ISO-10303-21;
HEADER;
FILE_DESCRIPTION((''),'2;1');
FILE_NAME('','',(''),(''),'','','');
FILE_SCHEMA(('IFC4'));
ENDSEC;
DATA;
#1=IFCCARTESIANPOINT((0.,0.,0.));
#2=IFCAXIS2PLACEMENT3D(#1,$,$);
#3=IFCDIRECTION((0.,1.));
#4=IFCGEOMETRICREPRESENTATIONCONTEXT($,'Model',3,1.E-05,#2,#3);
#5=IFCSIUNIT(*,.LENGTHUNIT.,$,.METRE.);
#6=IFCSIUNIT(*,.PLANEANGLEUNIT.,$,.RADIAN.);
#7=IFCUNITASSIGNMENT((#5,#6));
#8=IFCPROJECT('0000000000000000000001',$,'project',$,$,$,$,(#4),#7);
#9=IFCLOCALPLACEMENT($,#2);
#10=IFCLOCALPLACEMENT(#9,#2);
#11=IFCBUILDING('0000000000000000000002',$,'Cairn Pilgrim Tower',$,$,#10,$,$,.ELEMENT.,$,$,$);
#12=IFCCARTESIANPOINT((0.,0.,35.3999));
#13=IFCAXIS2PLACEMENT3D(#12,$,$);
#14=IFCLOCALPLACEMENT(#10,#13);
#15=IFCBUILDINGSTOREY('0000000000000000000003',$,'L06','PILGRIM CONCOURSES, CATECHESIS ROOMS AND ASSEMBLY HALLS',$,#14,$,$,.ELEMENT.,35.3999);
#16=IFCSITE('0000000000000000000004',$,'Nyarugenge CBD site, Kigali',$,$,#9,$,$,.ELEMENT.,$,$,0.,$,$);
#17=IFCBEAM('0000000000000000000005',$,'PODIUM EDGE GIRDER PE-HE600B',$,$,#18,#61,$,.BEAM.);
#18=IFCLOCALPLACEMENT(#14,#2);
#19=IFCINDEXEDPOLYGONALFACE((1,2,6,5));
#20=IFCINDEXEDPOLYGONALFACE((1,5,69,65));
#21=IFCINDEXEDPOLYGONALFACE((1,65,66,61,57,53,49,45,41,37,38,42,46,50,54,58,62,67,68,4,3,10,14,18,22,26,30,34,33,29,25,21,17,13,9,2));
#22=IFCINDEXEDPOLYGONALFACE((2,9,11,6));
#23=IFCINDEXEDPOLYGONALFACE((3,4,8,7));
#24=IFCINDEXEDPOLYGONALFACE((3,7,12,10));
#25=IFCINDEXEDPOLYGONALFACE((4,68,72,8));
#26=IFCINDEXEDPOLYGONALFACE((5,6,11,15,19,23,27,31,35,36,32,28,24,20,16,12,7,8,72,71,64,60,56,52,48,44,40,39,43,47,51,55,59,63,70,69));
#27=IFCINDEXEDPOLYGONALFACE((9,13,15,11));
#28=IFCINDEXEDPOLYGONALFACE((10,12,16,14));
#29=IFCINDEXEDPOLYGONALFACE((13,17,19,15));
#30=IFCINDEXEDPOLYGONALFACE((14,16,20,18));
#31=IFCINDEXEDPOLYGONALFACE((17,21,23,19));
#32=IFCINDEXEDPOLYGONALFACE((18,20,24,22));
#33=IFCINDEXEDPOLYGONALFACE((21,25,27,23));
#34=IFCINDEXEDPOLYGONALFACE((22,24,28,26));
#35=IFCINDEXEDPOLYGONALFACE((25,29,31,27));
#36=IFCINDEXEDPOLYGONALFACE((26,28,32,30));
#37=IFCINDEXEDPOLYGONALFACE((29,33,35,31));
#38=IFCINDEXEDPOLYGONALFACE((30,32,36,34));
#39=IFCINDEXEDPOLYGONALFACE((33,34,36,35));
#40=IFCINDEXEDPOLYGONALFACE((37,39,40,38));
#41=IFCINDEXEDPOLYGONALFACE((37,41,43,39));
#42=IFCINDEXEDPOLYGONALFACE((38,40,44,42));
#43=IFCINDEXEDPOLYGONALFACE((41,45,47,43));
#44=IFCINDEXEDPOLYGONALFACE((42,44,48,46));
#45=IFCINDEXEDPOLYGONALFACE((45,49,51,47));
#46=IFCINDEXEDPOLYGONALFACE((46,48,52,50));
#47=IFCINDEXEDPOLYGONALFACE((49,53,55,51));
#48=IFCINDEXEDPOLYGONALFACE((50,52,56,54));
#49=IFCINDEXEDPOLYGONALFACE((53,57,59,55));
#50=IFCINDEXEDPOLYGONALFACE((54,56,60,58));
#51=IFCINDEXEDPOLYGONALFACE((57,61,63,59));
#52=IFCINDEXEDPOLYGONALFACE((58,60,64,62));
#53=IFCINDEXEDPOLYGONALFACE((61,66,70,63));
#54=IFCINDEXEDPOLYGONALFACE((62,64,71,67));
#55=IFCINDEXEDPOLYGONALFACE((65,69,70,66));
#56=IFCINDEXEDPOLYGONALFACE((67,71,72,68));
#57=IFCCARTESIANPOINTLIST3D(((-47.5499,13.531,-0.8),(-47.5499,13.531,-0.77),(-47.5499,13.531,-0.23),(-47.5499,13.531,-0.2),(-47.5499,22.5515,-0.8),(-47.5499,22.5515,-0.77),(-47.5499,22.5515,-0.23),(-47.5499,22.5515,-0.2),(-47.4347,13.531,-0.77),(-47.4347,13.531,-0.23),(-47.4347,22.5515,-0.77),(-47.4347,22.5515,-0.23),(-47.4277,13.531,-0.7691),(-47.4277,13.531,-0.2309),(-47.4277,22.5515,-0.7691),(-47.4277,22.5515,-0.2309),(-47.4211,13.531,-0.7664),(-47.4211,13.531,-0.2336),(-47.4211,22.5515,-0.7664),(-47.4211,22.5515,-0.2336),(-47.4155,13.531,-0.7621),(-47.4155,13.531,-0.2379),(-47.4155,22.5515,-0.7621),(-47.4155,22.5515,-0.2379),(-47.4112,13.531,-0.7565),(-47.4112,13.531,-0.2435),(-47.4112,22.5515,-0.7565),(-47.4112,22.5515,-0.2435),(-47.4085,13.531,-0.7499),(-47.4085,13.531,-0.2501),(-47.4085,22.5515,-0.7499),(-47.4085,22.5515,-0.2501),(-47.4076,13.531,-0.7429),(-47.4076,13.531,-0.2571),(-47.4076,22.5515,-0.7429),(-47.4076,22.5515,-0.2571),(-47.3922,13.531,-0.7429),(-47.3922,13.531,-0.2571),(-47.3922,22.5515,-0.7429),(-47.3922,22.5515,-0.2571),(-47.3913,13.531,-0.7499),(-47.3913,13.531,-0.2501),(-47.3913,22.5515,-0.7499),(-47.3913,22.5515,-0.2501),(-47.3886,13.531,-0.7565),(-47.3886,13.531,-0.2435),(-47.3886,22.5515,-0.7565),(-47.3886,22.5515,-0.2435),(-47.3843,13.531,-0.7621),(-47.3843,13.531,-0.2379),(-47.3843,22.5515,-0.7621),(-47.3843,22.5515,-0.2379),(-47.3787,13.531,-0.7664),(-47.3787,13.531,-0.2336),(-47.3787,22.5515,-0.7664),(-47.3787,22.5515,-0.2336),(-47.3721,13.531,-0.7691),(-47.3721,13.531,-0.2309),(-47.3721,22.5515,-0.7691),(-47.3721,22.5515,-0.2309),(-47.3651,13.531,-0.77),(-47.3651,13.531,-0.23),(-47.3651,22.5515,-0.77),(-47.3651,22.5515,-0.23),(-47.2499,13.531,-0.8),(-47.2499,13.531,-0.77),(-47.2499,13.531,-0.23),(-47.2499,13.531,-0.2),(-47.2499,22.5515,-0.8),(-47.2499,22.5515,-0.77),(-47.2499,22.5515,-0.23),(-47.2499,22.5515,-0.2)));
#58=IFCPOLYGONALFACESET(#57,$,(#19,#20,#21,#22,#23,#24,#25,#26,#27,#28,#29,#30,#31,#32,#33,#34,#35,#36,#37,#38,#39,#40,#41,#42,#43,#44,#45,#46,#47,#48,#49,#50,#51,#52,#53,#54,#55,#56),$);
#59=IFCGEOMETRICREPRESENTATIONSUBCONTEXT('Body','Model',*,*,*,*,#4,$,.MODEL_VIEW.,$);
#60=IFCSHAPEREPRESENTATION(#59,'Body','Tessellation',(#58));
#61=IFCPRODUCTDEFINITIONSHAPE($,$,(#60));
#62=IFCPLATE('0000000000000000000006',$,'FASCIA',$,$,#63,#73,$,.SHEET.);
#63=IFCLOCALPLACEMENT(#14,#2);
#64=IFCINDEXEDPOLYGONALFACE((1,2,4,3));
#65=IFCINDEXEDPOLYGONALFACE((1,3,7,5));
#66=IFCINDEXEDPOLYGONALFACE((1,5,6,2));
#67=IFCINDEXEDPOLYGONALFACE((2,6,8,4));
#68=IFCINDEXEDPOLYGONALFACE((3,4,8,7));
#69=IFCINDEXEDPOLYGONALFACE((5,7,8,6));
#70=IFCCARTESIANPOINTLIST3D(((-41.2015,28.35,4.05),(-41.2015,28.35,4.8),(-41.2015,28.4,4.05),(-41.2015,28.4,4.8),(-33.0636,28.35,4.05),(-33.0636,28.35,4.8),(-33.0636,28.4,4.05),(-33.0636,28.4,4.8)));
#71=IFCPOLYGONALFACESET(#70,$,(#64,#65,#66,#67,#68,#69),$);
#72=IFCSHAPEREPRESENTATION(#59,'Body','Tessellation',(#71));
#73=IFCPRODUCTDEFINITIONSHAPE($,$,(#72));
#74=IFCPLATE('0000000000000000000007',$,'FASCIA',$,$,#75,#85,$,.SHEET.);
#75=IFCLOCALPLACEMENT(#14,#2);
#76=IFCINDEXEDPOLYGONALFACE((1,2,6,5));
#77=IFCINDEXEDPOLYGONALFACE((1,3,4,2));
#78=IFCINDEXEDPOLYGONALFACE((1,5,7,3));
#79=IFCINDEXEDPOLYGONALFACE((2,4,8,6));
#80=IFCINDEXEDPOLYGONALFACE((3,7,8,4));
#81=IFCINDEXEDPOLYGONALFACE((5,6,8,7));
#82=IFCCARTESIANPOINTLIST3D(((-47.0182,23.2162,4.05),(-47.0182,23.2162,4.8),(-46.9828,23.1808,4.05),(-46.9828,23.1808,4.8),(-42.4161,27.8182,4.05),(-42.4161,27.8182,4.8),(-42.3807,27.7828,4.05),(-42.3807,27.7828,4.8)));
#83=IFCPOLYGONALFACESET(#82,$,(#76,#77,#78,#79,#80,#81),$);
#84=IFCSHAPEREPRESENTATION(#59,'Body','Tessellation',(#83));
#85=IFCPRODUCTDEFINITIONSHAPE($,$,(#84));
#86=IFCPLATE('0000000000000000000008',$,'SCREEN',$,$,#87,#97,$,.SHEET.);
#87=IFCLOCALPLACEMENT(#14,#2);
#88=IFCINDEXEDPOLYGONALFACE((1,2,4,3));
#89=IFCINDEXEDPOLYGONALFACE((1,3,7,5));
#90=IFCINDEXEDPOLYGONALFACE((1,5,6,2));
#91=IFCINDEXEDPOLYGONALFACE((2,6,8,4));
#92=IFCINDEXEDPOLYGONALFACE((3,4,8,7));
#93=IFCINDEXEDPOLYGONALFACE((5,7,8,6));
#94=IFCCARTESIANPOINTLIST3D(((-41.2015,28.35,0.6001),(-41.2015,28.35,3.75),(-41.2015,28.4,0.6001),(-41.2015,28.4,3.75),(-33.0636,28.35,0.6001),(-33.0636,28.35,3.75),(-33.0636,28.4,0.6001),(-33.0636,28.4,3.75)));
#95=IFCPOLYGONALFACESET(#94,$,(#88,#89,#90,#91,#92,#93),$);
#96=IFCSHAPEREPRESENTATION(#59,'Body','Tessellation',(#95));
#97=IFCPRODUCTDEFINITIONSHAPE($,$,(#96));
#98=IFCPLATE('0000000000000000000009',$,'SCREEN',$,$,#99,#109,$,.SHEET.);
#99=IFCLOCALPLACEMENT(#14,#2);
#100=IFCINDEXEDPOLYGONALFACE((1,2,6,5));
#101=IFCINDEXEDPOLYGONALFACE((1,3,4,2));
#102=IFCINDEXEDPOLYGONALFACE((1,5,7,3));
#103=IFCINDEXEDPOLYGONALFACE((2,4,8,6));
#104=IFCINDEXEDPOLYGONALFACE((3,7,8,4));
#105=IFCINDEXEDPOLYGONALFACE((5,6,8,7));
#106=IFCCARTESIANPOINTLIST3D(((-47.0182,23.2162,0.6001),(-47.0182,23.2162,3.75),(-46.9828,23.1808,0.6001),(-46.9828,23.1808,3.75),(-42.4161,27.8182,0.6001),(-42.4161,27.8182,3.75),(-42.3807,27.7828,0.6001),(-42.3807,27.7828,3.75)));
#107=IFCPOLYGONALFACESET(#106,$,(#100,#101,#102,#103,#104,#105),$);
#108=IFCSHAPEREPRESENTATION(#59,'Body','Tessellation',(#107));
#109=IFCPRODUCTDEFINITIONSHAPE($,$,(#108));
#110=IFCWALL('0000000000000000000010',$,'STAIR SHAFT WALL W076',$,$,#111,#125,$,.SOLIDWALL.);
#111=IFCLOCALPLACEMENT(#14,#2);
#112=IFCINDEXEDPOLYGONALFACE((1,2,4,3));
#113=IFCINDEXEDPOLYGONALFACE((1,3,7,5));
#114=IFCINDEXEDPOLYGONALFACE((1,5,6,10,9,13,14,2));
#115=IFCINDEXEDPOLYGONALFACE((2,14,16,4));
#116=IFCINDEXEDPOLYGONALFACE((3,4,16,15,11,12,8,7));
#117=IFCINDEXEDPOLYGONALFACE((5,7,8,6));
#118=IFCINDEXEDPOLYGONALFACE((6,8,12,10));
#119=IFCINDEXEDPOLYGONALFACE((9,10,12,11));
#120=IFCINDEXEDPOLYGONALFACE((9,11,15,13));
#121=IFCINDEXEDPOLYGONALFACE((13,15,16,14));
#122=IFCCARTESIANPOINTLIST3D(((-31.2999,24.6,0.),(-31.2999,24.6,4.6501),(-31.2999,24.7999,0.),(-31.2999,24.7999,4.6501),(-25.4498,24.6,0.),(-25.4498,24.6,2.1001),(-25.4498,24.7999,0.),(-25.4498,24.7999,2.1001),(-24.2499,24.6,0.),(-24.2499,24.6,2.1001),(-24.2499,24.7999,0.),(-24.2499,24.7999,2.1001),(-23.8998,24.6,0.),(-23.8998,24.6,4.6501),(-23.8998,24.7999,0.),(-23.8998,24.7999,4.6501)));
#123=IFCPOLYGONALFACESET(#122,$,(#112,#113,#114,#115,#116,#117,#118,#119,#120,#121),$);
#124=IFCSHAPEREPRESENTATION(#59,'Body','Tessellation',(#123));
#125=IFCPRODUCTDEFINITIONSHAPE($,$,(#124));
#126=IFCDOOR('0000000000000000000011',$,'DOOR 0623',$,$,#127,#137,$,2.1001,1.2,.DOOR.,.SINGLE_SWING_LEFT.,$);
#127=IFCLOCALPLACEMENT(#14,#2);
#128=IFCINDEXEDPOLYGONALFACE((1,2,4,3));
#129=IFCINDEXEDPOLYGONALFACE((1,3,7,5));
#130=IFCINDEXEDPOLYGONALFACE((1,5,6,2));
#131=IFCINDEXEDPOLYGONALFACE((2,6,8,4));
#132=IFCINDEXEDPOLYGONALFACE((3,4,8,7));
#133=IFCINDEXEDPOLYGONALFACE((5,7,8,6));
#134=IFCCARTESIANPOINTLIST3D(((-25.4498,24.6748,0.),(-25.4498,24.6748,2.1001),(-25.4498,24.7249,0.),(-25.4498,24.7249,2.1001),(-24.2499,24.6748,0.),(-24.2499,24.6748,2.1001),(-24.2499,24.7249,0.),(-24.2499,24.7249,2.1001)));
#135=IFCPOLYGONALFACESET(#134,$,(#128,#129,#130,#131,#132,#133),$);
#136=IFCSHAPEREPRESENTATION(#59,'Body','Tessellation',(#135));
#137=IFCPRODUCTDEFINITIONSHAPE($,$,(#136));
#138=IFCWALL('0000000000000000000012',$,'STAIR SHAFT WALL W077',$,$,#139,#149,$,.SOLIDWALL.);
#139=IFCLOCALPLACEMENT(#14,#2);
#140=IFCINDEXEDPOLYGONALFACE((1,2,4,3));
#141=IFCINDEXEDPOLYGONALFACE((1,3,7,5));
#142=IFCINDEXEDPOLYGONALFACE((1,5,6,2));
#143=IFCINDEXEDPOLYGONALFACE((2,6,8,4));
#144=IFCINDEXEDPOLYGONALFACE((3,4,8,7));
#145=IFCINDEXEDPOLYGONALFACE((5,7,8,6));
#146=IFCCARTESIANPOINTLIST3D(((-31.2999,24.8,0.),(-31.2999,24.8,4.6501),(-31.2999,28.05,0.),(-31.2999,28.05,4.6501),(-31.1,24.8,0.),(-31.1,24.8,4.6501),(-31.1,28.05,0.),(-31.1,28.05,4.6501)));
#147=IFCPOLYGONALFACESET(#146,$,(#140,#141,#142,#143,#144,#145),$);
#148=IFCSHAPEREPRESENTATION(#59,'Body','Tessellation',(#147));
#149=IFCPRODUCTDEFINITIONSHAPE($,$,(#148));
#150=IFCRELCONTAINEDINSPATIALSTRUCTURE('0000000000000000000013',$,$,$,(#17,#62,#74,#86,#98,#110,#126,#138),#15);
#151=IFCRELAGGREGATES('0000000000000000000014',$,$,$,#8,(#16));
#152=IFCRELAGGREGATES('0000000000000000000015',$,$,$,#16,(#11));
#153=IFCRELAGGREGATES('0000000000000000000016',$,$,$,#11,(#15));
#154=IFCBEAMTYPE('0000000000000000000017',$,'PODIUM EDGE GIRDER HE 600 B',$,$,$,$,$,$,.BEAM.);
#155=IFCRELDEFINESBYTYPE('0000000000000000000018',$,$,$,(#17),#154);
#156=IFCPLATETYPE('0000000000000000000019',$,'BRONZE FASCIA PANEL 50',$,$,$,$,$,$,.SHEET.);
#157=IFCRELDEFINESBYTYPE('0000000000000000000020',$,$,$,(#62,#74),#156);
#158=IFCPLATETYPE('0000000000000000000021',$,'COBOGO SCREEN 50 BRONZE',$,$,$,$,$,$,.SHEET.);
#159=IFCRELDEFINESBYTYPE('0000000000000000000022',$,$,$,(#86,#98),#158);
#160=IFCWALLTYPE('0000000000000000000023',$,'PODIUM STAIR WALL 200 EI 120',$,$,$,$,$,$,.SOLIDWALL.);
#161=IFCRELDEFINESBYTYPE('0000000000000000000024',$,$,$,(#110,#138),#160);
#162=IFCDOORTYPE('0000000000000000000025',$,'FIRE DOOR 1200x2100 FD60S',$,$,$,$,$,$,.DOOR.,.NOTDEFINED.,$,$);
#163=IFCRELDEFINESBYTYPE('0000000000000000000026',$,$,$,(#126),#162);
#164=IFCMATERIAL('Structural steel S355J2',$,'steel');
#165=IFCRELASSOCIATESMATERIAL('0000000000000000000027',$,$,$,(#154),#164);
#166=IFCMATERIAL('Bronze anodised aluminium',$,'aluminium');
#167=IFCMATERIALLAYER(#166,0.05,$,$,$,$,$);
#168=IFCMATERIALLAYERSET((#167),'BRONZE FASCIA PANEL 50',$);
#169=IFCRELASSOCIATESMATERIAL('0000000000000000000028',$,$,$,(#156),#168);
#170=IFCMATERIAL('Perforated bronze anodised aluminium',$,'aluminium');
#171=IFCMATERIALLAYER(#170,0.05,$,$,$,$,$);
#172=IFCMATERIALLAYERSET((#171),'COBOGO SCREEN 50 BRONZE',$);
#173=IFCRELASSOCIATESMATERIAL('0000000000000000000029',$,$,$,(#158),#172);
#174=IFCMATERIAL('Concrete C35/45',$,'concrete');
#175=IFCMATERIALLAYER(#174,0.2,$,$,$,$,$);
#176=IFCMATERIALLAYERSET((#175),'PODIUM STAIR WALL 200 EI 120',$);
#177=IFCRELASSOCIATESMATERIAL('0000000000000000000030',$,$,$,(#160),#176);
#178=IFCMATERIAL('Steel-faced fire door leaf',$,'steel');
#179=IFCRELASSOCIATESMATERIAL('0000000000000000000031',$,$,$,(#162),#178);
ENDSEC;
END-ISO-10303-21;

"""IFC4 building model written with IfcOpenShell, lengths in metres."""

from ifc_helpers import new_model, si_unit, direction, frame, frame_2d, origin, origin_2d, place, context, subcontext, project, spatial, rectangle, i_section, extrude, material, layer, layer_set, material_profile, profile_set, type_object, element, fill, save


model = new_model("IFC4")

# Units and contexts
model_context = context("Model", 3, precision=1e-05, world=origin(), true_north=direction((0.0, 1.0)))
body_context = subcontext(model_context, "Body", "Model", "MODEL_VIEW")
ifc_project = project(units=[si_unit("LENGTHUNIT", "METRE"), si_unit("PLANEANGLEUNIT", "RADIAN")], contexts=[model_context])

# Site, building, storey
site_placement = place(None, origin())
site = spatial("IfcSite", under=ifc_project, at=site_placement, Name="Nyarugenge CBD site, Kigali", CompositionType="ELEMENT", RefElevation=0.0)
building_placement = place(site_placement, origin())
building = spatial("IfcBuilding", under=site, at=building_placement, Name="Cairn Pilgrim Tower", CompositionType="ELEMENT")
storey_placement = place(building_placement, frame((0.0, 0.0, 35.3999)))
storey = spatial("IfcBuildingStorey", under=building, at=storey_placement, Name="L06", Description="PILGRIM CONCOURSES, CATECHESIS ROOMS AND ASSEMBLY HALLS", CompositionType="ELEMENT", Elevation=35.3999)

# Beam
ifc_material_1 = material(Name="Structural steel S355J2", Category="steel")
ifc_material_profile_1 = material_profile(ifc_material_1, i_section(OverallWidth=0.3, OverallDepth=0.6001, WebThickness=0.0154, FlangeThickness=0.03, FilletRadius=0.0271, at=origin_2d()), Name="HEB 600")
ifc_profile_set_1 = profile_set([ifc_material_profile_1], Name="Structural steel S355J2")
beam_type_1 = type_object("IfcBeamType", Name="PODIUM EDGE GIRDER HE 600 B", PredefinedType="BEAM", material=ifc_profile_set_1)
beam_1_placement = place(storey_placement, frame((-47.3999, 22.5515, -0.5), z_axis=(0.0, -1.0, 0.0), x_axis=(1.0, 0.0, 0.0)))
element("IfcBeam", 1, at=beam_1_placement, inside=storey, type_object=beam_type_1, Name="PODIUM EDGE GIRDER PE-HE600B", PredefinedType="BEAM", context=body_context, shape_type="SweptSolid", body=[
    extrude(i_section(OverallWidth=0.3, OverallDepth=0.6001, WebThickness=0.0154, FlangeThickness=0.03, FilletRadius=0.0271, at=origin_2d()), origin(), (0.0, 0.0, 1.0), 9.0205),
])

# Plates
ifc_material_2 = material(Name="Bronze anodised aluminium", Category="aluminium")
ifc_layer_1 = layer(ifc_material_2, 0.05)
ifc_layer_set_1 = layer_set([ifc_layer_1], Name="BRONZE FASCIA PANEL 50")
plate_type_1 = type_object("IfcPlateType", Name="BRONZE FASCIA PANEL 50", PredefinedType="SHEET", material=ifc_layer_set_1)
plate_1_placement = place(storey_placement, frame((-37.1326, 28.375, 4.05), z_axis=(0.0, 0.0, 1.0), x_axis=(-1.0, 0.0, 0.0)))
element("IfcPlate", 2, at=plate_1_placement, inside=storey, type_object=plate_type_1, Name="FASCIA", PredefinedType="SHEET", context=body_context, shape_type="SweptSolid", body=[
    extrude(rectangle(XDim=8.1379, YDim=0.05, at=origin_2d()), origin(), (0.0, 0.0, 1.0), 0.75),
])
plate_2_placement = place(storey_placement, frame((-44.6995, 25.4995, 4.05), z_axis=(0.0, 0.0, 1.0), x_axis=(-0.707107, -0.707107, 0.0)))
element("IfcPlate", 3, at=plate_2_placement, inside=storey, type_object=plate_type_1, Name="FASCIA", PredefinedType="SHEET", context=body_context, shape_type="SweptSolid", body=[
    extrude(rectangle(XDim=6.5083, YDim=0.05, at=origin_2d()), origin(), (0.0, 0.0, 1.0), 0.75),
])
ifc_material_3 = material(Name="Perforated bronze anodised aluminium", Category="aluminium")
ifc_layer_2 = layer(ifc_material_3, 0.05)
ifc_layer_set_2 = layer_set([ifc_layer_2], Name="COBOGO SCREEN 50 BRONZE")
plate_type_2 = type_object("IfcPlateType", Name="COBOGO SCREEN 50 BRONZE", PredefinedType="SHEET", material=ifc_layer_set_2)
plate_3_placement = place(storey_placement, frame((-37.1326, 28.375, 0.6001), z_axis=(0.0, 0.0, 1.0), x_axis=(-1.0, 0.0, 0.0)))
element("IfcPlate", 4, at=plate_3_placement, inside=storey, type_object=plate_type_2, Name="SCREEN", PredefinedType="SHEET", context=body_context, shape_type="SweptSolid", body=[
    extrude(rectangle(XDim=8.1379, YDim=0.05, at=origin_2d()), origin(), (0.0, 0.0, 1.0), 3.1499),
])
plate_4_placement = place(storey_placement, frame((-44.6995, 25.4995, 0.6001), z_axis=(0.0, 0.0, 1.0), x_axis=(-0.707107, -0.707107, 0.0)))
element("IfcPlate", 5, at=plate_4_placement, inside=storey, type_object=plate_type_2, Name="SCREEN", PredefinedType="SHEET", context=body_context, shape_type="SweptSolid", body=[
    extrude(rectangle(XDim=6.5083, YDim=0.05, at=origin_2d()), origin(), (0.0, 0.0, 1.0), 3.1499),
])

# Wall, opening, door
ifc_material_4 = material(Name="Concrete C35/45", Category="concrete")
ifc_layer_3 = layer(ifc_material_4, 0.2)
ifc_layer_set_3 = layer_set([ifc_layer_3], Name="PODIUM STAIR WALL 200 EI 120")
wall_type_1 = type_object("IfcWallType", Name="PODIUM STAIR WALL 200 EI 120", PredefinedType="SOLIDWALL", material=ifc_layer_set_3)
wall_1_placement = place(storey_placement, frame((-31.3, 24.7, 0.0), z_axis=(0.0, 0.0, 1.0), x_axis=(1.0, 0.0, 0.0)))
wall_1 = element("IfcWall", 6, at=wall_1_placement, inside=storey, type_object=wall_type_1, Name="STAIR SHAFT WALL W076", PredefinedType="SOLIDWALL", context=body_context, shape_type="SweptSolid", body=[
    extrude(rectangle(XDim=7.4001, YDim=0.2, at=frame_2d((3.7002, 0.0))), origin(), (0.0, 0.0, 1.0), 4.6501),
])
opening_1_placement = place(wall_1_placement, frame((5.8501, 0.0, 0.0)))
opening_1 = element("IfcOpeningElement", 7, at=opening_1_placement, cuts=wall_1, PredefinedType="OPENING", context=body_context, shape_type="SweptSolid", body=[
    extrude(rectangle(XDim=1.2, YDim=2.1001, at=frame_2d((0.6001, 1.05))), frame((0.0, 0.1099, 0.0), z_axis=(0.0, -1.0, 0.0), x_axis=(1.0, 0.0, 0.0)), (0.0, 0.0, 1.0), 0.22),
])
ifc_material_5 = material(Name="Steel-faced fire door leaf", Category="steel")
door_type = type_object("IfcDoorType", Name="FIRE DOOR 1200x2100 FD60S", OperationType="NOTDEFINED", PredefinedType="DOOR", material=ifc_material_5)
door_placement = place(opening_1_placement, origin())
door = element("IfcDoor", 8, at=door_placement, inside=storey, type_object=door_type, Name="DOOR 0623", OperationType="SINGLE_SWING_LEFT", OverallHeight=2.1001, OverallWidth=1.2, PredefinedType="DOOR", context=body_context, shape_type="SweptSolid", body=[
    extrude(rectangle(XDim=1.2, YDim=2.1001, at=frame_2d((0.6001, 1.05))), frame((0.0, 0.0249, 0.0), z_axis=(0.0, -1.0, 0.0), x_axis=(1.0, 0.0, 0.0)), (0.0, 0.0, 1.0), 0.05),
])
fill(opening_1, door)

# Wall
wall_2_placement = place(storey_placement, frame((-31.2, 24.8, 0.0), z_axis=(0.0, 0.0, 1.0), x_axis=(0.0, 1.0, 0.0)))
element("IfcWall", 9, at=wall_2_placement, inside=storey, type_object=wall_type_1, Name="STAIR SHAFT WALL W077", PredefinedType="SOLIDWALL", context=body_context, shape_type="SweptSolid", body=[
    extrude(rectangle(XDim=3.25, YDim=0.2, at=frame_2d((1.625, 0.0))), origin(), (0.0, 0.0, 1.0), 4.6501),
])

save(model, "model.ifc")
